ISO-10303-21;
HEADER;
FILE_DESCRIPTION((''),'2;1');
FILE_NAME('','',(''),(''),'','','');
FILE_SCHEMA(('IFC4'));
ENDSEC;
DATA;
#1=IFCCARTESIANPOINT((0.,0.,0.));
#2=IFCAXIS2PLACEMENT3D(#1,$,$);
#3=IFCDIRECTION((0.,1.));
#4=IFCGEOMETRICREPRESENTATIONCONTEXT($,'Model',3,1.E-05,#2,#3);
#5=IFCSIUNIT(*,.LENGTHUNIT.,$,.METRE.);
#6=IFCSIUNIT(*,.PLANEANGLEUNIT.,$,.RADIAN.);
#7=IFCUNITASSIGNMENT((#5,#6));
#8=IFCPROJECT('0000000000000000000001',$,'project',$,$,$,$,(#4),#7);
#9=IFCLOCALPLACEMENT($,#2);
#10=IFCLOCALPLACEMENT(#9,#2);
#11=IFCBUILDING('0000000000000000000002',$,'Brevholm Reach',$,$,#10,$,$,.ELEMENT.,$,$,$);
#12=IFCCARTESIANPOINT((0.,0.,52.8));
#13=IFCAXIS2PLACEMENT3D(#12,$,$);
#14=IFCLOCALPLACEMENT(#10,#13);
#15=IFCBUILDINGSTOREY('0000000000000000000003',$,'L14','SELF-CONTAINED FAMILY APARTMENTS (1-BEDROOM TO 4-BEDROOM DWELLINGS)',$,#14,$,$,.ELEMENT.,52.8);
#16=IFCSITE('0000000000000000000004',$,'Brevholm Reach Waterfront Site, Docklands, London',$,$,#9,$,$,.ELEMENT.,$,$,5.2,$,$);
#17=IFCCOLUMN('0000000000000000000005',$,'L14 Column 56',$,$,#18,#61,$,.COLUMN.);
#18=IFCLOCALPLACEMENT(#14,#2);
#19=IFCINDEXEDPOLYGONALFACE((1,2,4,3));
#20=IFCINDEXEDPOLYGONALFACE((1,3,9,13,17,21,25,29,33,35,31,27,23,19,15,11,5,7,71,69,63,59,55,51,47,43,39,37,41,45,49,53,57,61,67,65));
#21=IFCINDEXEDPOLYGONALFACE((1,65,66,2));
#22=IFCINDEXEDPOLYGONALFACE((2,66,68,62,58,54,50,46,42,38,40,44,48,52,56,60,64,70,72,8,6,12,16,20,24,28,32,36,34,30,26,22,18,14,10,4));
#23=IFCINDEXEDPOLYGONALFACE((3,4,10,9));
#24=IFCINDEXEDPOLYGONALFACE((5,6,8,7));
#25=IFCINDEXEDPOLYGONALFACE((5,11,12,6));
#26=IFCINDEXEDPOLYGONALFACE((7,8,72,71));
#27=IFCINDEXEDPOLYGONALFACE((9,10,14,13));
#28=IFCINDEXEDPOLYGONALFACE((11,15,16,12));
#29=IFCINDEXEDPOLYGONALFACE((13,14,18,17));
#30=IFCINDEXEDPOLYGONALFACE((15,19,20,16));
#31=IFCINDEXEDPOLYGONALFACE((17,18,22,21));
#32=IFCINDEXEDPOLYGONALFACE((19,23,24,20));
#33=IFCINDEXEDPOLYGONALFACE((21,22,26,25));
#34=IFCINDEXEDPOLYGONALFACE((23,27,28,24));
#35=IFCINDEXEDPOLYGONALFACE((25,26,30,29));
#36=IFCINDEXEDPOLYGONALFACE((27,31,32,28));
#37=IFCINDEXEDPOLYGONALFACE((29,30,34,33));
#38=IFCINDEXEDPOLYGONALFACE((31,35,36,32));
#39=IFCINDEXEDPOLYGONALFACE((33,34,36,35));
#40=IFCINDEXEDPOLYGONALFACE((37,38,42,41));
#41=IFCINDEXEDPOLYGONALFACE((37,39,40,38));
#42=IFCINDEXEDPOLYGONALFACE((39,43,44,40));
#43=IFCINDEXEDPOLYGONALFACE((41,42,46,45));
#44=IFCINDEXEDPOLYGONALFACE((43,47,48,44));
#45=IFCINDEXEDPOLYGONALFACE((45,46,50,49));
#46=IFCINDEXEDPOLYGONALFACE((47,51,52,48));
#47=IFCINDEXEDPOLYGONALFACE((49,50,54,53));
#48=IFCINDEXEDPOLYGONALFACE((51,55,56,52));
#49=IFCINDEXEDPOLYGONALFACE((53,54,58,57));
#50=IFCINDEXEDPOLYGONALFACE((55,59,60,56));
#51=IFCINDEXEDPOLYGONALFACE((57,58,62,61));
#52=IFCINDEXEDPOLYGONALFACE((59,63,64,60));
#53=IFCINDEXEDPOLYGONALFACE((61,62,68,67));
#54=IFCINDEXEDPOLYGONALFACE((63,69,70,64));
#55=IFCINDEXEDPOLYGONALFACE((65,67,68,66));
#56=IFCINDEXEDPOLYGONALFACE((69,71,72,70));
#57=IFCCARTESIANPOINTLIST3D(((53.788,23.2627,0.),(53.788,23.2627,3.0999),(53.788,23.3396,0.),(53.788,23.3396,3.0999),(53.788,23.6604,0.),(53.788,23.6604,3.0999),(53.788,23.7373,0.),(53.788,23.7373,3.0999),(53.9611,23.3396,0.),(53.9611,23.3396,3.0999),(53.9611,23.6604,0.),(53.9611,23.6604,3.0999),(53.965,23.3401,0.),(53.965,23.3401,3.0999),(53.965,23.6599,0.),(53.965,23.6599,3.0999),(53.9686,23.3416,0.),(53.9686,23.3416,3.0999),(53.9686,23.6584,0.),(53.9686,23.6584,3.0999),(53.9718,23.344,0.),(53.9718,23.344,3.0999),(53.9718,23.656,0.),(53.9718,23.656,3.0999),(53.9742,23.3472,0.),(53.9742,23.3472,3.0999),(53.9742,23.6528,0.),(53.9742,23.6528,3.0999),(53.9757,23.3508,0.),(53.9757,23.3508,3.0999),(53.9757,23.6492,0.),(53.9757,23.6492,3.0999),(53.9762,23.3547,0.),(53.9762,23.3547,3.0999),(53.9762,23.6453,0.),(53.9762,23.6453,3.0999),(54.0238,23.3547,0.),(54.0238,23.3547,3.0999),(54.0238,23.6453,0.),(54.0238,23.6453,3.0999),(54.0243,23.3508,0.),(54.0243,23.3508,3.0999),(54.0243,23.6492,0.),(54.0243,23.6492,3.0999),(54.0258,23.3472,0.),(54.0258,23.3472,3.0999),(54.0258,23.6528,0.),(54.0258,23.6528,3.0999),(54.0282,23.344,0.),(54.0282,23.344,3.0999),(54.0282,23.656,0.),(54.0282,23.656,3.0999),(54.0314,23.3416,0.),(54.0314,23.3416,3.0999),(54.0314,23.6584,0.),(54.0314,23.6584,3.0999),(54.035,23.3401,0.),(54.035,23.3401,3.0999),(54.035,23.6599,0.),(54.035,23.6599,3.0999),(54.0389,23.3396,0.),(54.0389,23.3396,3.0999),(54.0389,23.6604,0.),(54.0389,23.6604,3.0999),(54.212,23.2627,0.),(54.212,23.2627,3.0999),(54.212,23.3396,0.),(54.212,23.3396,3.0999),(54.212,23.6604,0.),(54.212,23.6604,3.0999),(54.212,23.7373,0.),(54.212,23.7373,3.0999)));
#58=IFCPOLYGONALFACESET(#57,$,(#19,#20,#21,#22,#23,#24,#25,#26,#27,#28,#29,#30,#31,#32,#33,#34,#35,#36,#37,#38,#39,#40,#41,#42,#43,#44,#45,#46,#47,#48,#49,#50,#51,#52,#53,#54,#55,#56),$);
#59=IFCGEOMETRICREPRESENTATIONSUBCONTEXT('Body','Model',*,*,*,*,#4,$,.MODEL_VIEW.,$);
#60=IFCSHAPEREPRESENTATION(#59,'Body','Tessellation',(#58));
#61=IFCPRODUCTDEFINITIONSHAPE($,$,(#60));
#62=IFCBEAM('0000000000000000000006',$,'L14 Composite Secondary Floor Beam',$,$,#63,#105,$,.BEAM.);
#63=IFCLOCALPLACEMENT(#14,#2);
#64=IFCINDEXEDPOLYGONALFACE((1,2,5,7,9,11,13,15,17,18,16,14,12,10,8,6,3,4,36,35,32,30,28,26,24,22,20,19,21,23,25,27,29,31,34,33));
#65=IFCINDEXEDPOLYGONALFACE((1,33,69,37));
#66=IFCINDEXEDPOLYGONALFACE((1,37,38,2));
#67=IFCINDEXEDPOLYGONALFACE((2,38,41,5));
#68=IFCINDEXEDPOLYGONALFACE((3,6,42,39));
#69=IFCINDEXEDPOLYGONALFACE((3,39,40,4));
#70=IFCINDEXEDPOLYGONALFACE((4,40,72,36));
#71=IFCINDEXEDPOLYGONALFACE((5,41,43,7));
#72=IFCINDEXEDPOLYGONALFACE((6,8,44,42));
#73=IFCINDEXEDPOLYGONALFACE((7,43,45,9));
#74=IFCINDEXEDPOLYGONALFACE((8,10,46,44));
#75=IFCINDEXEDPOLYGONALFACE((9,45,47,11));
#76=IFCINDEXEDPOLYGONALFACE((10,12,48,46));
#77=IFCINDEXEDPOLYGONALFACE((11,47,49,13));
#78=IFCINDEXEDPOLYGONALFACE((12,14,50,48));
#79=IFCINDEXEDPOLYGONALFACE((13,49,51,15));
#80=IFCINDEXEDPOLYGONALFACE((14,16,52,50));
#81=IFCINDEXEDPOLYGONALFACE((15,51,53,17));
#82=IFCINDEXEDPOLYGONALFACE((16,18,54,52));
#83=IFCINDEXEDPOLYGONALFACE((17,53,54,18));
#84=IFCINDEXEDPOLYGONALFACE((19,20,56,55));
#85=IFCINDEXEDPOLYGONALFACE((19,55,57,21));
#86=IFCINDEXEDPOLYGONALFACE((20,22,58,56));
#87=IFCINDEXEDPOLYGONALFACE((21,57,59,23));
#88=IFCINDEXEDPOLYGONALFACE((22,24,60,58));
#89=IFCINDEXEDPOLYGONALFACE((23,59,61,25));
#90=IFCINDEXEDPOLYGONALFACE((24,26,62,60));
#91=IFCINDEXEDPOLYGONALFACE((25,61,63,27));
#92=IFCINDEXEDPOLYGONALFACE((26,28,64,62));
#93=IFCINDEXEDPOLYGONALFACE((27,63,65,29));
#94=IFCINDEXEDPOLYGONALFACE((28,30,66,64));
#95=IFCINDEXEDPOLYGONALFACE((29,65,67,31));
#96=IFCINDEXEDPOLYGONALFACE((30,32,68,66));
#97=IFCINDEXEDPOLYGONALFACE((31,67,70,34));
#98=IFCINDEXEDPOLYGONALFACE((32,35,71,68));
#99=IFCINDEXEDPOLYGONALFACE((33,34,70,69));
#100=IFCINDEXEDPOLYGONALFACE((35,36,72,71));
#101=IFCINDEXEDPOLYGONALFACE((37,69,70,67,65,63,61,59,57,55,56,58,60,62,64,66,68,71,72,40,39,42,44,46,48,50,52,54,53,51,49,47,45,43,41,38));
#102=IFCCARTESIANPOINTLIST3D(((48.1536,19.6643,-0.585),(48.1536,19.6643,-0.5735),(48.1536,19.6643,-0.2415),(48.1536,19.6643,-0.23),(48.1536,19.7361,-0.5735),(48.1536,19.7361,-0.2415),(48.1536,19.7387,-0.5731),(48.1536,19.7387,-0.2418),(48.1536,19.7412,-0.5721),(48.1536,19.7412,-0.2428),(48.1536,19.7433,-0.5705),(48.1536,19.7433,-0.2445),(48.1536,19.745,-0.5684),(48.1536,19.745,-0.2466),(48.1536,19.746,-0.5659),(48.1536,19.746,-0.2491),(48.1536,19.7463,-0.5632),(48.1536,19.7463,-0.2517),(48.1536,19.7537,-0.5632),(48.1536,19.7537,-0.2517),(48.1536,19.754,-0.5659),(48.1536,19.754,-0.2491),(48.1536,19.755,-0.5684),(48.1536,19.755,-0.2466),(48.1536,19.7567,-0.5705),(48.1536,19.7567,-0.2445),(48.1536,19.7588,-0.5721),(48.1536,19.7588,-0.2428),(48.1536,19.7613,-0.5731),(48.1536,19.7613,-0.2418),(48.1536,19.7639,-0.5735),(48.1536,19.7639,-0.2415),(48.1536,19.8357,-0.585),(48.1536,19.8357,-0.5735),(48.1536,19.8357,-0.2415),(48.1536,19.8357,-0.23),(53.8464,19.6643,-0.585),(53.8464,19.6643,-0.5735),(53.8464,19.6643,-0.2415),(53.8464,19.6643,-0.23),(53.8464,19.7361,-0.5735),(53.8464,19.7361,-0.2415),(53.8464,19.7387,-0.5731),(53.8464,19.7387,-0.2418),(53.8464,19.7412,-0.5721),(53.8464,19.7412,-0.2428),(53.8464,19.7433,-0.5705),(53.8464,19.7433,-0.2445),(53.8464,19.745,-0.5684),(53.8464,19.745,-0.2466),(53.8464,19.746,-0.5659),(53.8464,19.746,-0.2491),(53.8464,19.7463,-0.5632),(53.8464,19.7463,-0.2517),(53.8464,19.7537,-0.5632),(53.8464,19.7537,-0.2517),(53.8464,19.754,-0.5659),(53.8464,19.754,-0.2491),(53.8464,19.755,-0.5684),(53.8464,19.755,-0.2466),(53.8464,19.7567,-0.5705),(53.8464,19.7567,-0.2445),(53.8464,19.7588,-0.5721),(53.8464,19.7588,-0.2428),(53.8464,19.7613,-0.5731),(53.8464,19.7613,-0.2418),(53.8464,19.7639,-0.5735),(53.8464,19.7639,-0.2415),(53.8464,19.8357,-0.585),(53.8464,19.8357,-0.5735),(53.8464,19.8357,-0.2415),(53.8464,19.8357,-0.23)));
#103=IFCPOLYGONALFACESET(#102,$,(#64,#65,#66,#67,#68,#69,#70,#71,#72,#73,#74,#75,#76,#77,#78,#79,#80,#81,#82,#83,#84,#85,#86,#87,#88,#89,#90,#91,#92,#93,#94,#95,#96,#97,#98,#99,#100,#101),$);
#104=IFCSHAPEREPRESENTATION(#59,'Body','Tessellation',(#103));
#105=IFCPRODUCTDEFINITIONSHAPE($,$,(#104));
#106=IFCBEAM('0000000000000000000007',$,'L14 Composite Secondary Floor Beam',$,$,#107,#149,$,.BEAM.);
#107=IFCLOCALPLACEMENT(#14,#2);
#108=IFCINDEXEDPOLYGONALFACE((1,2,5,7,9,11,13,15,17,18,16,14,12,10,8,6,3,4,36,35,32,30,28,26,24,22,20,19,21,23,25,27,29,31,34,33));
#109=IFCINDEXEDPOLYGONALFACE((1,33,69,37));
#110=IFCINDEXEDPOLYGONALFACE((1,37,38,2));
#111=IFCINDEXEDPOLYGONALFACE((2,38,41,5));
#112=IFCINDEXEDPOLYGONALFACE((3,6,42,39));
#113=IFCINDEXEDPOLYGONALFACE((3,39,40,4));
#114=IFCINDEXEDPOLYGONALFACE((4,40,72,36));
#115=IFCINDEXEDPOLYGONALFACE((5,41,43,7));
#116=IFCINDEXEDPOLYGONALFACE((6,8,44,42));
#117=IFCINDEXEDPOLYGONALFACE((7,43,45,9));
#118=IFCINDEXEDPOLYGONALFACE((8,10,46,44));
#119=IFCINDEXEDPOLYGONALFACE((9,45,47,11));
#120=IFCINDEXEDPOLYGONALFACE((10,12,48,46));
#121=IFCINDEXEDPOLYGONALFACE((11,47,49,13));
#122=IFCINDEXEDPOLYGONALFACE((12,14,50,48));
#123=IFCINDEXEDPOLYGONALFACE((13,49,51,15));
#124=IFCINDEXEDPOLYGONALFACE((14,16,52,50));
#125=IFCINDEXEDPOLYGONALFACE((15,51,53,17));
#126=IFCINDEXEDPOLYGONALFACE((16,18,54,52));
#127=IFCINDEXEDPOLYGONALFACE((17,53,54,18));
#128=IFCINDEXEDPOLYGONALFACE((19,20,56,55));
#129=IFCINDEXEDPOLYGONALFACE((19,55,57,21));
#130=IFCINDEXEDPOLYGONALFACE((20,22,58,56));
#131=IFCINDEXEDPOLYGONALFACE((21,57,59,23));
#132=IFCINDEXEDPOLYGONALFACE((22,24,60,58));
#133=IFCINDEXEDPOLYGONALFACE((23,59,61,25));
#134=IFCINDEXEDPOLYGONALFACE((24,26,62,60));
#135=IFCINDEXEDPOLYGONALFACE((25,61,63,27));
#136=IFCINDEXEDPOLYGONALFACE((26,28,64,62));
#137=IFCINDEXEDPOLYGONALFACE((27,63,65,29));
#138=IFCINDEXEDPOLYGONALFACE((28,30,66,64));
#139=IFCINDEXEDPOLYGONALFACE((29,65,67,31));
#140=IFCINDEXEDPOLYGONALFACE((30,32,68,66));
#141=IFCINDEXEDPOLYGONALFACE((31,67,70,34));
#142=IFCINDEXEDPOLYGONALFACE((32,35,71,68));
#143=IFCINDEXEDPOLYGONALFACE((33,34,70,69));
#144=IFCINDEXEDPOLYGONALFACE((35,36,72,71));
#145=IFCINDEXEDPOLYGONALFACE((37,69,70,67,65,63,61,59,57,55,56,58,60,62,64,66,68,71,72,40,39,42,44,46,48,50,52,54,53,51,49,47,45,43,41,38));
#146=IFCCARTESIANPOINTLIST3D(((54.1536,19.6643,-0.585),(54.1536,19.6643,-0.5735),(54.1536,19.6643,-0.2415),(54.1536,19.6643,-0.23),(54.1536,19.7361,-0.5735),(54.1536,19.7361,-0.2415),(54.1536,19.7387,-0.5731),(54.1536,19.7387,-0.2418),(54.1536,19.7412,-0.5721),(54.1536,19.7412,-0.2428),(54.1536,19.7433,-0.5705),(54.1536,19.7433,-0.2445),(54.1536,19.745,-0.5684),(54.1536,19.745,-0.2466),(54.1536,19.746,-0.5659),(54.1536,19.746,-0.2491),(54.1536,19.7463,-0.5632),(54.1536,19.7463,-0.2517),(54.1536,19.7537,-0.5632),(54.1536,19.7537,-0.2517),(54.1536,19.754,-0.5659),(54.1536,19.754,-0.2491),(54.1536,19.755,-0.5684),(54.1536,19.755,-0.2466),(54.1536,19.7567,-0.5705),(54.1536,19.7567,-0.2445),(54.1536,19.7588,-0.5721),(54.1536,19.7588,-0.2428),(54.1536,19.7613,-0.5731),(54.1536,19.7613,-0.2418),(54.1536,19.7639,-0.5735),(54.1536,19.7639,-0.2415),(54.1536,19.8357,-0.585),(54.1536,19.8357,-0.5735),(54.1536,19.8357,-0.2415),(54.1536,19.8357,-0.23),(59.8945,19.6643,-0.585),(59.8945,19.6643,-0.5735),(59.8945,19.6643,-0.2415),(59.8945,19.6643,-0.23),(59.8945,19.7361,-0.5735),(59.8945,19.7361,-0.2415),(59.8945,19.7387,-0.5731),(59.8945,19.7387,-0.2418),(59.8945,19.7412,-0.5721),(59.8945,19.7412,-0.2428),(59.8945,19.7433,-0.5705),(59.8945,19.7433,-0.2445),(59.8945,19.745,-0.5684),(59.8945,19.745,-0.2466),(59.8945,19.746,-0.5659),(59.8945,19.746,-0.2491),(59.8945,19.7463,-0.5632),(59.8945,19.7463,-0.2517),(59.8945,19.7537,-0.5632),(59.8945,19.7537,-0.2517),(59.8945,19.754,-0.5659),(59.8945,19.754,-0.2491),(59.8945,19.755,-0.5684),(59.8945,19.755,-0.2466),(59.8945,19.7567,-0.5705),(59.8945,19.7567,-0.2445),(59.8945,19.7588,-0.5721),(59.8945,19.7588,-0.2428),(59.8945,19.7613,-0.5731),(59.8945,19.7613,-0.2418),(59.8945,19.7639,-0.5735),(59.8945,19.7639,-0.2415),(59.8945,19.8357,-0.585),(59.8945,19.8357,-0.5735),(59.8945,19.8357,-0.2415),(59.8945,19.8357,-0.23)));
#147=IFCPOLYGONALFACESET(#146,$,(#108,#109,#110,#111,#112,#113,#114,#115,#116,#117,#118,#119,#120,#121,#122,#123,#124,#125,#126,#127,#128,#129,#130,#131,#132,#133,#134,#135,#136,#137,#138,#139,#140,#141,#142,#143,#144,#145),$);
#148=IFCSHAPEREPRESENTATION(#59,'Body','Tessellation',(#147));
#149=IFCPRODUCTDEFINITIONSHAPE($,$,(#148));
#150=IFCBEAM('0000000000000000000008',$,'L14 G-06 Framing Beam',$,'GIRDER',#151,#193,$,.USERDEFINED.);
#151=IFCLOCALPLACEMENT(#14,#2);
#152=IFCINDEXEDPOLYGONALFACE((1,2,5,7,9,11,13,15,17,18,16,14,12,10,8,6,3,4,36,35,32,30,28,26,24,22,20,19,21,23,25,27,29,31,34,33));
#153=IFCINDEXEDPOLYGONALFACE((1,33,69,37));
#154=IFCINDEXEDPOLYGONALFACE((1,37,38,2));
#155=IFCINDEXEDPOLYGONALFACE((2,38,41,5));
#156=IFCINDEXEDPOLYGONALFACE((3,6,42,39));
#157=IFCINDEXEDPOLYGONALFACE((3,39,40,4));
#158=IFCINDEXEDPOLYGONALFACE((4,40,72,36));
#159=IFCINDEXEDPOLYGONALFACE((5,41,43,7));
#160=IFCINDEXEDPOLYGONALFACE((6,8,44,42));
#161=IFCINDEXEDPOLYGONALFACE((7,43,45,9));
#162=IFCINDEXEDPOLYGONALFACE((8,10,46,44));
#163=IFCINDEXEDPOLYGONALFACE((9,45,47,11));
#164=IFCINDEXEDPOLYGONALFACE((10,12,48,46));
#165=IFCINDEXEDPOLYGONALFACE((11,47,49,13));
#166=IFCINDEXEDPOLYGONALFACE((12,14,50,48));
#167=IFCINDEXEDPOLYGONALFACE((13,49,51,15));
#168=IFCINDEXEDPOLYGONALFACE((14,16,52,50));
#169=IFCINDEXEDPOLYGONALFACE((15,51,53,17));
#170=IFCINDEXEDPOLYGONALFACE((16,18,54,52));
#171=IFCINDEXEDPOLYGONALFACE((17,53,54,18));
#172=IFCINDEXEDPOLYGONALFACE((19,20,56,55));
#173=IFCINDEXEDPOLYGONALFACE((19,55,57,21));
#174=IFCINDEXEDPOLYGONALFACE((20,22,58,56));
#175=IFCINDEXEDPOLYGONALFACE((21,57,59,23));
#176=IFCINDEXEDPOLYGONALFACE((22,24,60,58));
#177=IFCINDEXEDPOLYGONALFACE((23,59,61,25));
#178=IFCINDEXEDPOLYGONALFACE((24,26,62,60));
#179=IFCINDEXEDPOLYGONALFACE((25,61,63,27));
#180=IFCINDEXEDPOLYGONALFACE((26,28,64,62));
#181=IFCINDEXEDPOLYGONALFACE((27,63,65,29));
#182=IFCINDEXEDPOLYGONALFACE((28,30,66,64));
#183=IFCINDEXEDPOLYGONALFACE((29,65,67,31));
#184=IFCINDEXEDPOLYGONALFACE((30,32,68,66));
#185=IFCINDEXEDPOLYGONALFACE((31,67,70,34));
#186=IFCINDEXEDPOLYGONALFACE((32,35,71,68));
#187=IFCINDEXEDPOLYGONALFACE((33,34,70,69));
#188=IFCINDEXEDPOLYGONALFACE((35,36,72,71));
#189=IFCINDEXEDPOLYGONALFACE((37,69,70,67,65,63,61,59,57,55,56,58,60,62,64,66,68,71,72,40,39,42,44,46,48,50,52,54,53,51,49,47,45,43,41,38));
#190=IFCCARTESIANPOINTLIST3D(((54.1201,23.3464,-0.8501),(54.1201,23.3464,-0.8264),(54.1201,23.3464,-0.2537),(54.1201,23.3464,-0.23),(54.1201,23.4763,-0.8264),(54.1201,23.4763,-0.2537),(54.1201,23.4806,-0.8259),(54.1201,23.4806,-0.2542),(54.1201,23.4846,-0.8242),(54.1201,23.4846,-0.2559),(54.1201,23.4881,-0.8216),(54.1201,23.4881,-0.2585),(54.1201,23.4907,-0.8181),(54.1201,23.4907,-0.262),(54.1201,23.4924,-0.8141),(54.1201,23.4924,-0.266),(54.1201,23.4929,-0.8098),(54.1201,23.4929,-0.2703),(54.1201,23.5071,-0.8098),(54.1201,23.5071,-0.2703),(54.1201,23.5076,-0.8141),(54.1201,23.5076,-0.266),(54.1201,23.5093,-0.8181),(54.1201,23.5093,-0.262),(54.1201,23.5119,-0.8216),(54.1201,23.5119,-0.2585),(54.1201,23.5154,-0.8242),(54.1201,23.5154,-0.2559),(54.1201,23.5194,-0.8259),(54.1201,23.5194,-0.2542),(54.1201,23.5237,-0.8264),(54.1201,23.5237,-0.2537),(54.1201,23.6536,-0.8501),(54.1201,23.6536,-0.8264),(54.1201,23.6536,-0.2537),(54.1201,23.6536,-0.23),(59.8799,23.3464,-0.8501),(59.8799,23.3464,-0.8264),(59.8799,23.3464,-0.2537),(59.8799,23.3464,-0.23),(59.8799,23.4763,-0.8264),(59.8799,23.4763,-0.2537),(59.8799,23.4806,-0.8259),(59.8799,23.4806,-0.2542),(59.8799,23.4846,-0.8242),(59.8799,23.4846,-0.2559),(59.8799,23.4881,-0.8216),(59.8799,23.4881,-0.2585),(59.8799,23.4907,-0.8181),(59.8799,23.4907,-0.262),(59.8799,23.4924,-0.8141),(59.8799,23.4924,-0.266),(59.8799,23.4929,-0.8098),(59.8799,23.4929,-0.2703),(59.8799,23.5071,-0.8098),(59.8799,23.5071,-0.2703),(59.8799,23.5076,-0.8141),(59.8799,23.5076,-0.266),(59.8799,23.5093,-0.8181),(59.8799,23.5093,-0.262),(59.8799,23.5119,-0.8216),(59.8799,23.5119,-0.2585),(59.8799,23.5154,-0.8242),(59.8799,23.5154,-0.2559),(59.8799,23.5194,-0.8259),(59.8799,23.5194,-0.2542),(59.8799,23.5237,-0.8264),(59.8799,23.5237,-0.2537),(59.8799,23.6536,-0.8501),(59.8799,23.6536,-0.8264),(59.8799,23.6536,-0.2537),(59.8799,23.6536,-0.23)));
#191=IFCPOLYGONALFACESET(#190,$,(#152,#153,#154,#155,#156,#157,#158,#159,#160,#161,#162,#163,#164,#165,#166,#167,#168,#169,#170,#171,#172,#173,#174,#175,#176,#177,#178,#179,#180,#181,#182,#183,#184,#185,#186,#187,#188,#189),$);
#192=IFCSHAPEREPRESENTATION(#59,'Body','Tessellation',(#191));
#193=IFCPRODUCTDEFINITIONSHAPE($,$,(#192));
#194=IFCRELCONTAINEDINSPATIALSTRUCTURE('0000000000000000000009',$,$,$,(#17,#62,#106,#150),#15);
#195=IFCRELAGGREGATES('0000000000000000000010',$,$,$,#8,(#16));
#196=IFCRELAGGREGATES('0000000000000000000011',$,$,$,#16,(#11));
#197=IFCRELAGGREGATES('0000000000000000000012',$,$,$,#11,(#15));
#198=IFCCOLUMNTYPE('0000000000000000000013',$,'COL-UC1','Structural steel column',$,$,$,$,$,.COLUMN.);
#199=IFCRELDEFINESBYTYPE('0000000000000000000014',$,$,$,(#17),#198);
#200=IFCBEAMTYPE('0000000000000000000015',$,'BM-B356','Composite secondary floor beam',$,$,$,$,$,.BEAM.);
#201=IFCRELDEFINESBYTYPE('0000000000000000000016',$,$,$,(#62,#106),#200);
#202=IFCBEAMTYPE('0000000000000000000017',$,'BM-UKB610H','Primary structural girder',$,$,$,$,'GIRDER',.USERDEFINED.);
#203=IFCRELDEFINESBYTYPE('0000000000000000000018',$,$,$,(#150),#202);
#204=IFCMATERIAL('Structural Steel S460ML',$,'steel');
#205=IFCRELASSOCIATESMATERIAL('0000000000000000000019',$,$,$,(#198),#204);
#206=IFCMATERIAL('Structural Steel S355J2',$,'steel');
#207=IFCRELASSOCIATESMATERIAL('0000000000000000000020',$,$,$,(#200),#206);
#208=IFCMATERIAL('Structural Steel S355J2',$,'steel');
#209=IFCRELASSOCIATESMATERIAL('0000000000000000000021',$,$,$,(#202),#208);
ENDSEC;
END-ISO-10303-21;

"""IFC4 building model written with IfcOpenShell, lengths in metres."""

from ifc_helpers import new_model, si_unit, direction, frame, origin, origin_2d, place, context, subcontext, project, spatial, i_section, extrude, material, material_profile, profile_set, type_object, element, save


model = new_model("IFC4")

# Units and contexts
model_context = context("Model", 3, precision=1e-05, world=origin(), true_north=direction((0.0, 1.0)))
body_context = subcontext(model_context, "Body", "Model", "MODEL_VIEW")
ifc_project = project(units=[si_unit("LENGTHUNIT", "METRE"), si_unit("PLANEANGLEUNIT", "RADIAN")], contexts=[model_context])

# Site, building, storey
site_placement = place(None, origin())
site = spatial("IfcSite", under=ifc_project, at=site_placement, Name="Brevholm Reach Waterfront Site, Docklands, London", CompositionType="ELEMENT", RefElevation=5.2)
building_placement = place(site_placement, origin())
building = spatial("IfcBuilding", under=site, at=building_placement, Name="Brevholm Reach", CompositionType="ELEMENT")
storey_placement = place(building_placement, frame((0.0, 0.0, 52.8)))
storey = spatial("IfcBuildingStorey", under=building, at=storey_placement, Name="L14", Description="SELF-CONTAINED FAMILY APARTMENTS (1-BEDROOM TO 4-BEDROOM DWELLINGS)", CompositionType="ELEMENT", Elevation=52.8)

# Column
ifc_material_1 = material(Name="Structural Steel S460ML", Category="steel")
ifc_material_profile_1 = material_profile(ifc_material_1, i_section(OverallWidth=0.4241, OverallDepth=0.4746, WebThickness=0.0476, FlangeThickness=0.0769, FilletRadius=0.0151, at=origin_2d()), Name="UKC 356x406x634")
ifc_profile_set_1 = profile_set([ifc_material_profile_1], Name="Structural Steel S460ML")
column_type = type_object("IfcColumnType", Name="COL-UC1", Description="Structural steel column", PredefinedType="COLUMN", material=ifc_profile_set_1)
column_placement = place(storey_placement, frame((54.0, 23.5, 0.0), z_axis=(0.0, 0.0, 1.0), x_axis=(1.0, 0.0, 0.0)))
element("IfcColumn", 1, at=column_placement, inside=storey, type_object=column_type, Name="L14 Column 56", PredefinedType="COLUMN", context=body_context, shape_type="SweptSolid", body=[
    extrude(i_section(OverallWidth=0.4241, OverallDepth=0.4746, WebThickness=0.0476, FlangeThickness=0.0769, FilletRadius=0.0151, at=origin_2d()), origin(), (0.0, 0.0, 1.0), 3.0999),
])

# Beams
ifc_material_2 = material(Name="Structural Steel S355J2", Category="steel")
ifc_material_profile_2 = material_profile(ifc_material_2, i_section(OverallWidth=0.1714, OverallDepth=0.355, WebThickness=0.0073, FlangeThickness=0.0115, FilletRadius=0.0103, at=origin_2d()), Name="UKB 356x171x51")
ifc_profile_set_2 = profile_set([ifc_material_profile_2], Name="Structural Steel S355J2")
beam_type_1 = type_object("IfcBeamType", Name="BM-B356", Description="Composite secondary floor beam", PredefinedType="BEAM", material=ifc_profile_set_2)
beam_1_placement = place(storey_placement, frame((48.1536, 19.75, -0.4075), z_axis=(1.0, 0.0, 0.0), x_axis=(0.0, 1.0, 0.0)))
element("IfcBeam", 2, at=beam_1_placement, inside=storey, type_object=beam_type_1, Name="L14 Composite Secondary Floor Beam", PredefinedType="BEAM", context=body_context, shape_type="SweptSolid", body=[
    extrude(i_section(OverallWidth=0.1714, OverallDepth=0.355, WebThickness=0.0073, FlangeThickness=0.0115, FilletRadius=0.0103, at=origin_2d()), origin(), (0.0, 0.0, 1.0), 5.6929),
])
beam_2_placement = place(storey_placement, frame((54.1536, 19.75, -0.4075), z_axis=(1.0, 0.0, 0.0), x_axis=(0.0, 1.0, 0.0)))
element("IfcBeam", 3, at=beam_2_placement, inside=storey, type_object=beam_type_1, Name="L14 Composite Secondary Floor Beam", PredefinedType="BEAM", context=body_context, shape_type="SweptSolid", body=[
    extrude(i_section(OverallWidth=0.1714, OverallDepth=0.355, WebThickness=0.0073, FlangeThickness=0.0115, FilletRadius=0.0103, at=origin_2d()), origin(), (0.0, 0.0, 1.0), 5.741),
])
ifc_material_3 = material(Name="Structural Steel S355J2", Category="steel")
ifc_material_profile_3 = material_profile(ifc_material_3, i_section(OverallWidth=0.3071, OverallDepth=0.6201, WebThickness=0.0142, FlangeThickness=0.0237, FilletRadius=0.0166, at=origin_2d()), Name="UKB 610x305x179")
ifc_profile_set_3 = profile_set([ifc_material_profile_3], Name="Structural Steel S355J2")
beam_type_2 = type_object("IfcBeamType", Name="BM-UKB610H", Description="Primary structural girder", ElementType="GIRDER", PredefinedType="USERDEFINED", material=ifc_profile_set_3)
beam_3_placement = place(storey_placement, frame((54.1201, 23.5, -0.54), z_axis=(1.0, 0.0, 0.0), x_axis=(0.0, 1.0, 0.0)))
element("IfcBeam", 4, at=beam_3_placement, inside=storey, type_object=beam_type_2, Name="L14 G-06 Framing Beam", ObjectType="GIRDER", PredefinedType="USERDEFINED", context=body_context, shape_type="SweptSolid", body=[
    extrude(i_section(OverallWidth=0.3071, OverallDepth=0.6201, WebThickness=0.0142, FlangeThickness=0.0237, FilletRadius=0.0166, at=origin_2d()), origin(), (0.0, 0.0, 1.0), 5.7598),
])

save(model, "model.ifc")
